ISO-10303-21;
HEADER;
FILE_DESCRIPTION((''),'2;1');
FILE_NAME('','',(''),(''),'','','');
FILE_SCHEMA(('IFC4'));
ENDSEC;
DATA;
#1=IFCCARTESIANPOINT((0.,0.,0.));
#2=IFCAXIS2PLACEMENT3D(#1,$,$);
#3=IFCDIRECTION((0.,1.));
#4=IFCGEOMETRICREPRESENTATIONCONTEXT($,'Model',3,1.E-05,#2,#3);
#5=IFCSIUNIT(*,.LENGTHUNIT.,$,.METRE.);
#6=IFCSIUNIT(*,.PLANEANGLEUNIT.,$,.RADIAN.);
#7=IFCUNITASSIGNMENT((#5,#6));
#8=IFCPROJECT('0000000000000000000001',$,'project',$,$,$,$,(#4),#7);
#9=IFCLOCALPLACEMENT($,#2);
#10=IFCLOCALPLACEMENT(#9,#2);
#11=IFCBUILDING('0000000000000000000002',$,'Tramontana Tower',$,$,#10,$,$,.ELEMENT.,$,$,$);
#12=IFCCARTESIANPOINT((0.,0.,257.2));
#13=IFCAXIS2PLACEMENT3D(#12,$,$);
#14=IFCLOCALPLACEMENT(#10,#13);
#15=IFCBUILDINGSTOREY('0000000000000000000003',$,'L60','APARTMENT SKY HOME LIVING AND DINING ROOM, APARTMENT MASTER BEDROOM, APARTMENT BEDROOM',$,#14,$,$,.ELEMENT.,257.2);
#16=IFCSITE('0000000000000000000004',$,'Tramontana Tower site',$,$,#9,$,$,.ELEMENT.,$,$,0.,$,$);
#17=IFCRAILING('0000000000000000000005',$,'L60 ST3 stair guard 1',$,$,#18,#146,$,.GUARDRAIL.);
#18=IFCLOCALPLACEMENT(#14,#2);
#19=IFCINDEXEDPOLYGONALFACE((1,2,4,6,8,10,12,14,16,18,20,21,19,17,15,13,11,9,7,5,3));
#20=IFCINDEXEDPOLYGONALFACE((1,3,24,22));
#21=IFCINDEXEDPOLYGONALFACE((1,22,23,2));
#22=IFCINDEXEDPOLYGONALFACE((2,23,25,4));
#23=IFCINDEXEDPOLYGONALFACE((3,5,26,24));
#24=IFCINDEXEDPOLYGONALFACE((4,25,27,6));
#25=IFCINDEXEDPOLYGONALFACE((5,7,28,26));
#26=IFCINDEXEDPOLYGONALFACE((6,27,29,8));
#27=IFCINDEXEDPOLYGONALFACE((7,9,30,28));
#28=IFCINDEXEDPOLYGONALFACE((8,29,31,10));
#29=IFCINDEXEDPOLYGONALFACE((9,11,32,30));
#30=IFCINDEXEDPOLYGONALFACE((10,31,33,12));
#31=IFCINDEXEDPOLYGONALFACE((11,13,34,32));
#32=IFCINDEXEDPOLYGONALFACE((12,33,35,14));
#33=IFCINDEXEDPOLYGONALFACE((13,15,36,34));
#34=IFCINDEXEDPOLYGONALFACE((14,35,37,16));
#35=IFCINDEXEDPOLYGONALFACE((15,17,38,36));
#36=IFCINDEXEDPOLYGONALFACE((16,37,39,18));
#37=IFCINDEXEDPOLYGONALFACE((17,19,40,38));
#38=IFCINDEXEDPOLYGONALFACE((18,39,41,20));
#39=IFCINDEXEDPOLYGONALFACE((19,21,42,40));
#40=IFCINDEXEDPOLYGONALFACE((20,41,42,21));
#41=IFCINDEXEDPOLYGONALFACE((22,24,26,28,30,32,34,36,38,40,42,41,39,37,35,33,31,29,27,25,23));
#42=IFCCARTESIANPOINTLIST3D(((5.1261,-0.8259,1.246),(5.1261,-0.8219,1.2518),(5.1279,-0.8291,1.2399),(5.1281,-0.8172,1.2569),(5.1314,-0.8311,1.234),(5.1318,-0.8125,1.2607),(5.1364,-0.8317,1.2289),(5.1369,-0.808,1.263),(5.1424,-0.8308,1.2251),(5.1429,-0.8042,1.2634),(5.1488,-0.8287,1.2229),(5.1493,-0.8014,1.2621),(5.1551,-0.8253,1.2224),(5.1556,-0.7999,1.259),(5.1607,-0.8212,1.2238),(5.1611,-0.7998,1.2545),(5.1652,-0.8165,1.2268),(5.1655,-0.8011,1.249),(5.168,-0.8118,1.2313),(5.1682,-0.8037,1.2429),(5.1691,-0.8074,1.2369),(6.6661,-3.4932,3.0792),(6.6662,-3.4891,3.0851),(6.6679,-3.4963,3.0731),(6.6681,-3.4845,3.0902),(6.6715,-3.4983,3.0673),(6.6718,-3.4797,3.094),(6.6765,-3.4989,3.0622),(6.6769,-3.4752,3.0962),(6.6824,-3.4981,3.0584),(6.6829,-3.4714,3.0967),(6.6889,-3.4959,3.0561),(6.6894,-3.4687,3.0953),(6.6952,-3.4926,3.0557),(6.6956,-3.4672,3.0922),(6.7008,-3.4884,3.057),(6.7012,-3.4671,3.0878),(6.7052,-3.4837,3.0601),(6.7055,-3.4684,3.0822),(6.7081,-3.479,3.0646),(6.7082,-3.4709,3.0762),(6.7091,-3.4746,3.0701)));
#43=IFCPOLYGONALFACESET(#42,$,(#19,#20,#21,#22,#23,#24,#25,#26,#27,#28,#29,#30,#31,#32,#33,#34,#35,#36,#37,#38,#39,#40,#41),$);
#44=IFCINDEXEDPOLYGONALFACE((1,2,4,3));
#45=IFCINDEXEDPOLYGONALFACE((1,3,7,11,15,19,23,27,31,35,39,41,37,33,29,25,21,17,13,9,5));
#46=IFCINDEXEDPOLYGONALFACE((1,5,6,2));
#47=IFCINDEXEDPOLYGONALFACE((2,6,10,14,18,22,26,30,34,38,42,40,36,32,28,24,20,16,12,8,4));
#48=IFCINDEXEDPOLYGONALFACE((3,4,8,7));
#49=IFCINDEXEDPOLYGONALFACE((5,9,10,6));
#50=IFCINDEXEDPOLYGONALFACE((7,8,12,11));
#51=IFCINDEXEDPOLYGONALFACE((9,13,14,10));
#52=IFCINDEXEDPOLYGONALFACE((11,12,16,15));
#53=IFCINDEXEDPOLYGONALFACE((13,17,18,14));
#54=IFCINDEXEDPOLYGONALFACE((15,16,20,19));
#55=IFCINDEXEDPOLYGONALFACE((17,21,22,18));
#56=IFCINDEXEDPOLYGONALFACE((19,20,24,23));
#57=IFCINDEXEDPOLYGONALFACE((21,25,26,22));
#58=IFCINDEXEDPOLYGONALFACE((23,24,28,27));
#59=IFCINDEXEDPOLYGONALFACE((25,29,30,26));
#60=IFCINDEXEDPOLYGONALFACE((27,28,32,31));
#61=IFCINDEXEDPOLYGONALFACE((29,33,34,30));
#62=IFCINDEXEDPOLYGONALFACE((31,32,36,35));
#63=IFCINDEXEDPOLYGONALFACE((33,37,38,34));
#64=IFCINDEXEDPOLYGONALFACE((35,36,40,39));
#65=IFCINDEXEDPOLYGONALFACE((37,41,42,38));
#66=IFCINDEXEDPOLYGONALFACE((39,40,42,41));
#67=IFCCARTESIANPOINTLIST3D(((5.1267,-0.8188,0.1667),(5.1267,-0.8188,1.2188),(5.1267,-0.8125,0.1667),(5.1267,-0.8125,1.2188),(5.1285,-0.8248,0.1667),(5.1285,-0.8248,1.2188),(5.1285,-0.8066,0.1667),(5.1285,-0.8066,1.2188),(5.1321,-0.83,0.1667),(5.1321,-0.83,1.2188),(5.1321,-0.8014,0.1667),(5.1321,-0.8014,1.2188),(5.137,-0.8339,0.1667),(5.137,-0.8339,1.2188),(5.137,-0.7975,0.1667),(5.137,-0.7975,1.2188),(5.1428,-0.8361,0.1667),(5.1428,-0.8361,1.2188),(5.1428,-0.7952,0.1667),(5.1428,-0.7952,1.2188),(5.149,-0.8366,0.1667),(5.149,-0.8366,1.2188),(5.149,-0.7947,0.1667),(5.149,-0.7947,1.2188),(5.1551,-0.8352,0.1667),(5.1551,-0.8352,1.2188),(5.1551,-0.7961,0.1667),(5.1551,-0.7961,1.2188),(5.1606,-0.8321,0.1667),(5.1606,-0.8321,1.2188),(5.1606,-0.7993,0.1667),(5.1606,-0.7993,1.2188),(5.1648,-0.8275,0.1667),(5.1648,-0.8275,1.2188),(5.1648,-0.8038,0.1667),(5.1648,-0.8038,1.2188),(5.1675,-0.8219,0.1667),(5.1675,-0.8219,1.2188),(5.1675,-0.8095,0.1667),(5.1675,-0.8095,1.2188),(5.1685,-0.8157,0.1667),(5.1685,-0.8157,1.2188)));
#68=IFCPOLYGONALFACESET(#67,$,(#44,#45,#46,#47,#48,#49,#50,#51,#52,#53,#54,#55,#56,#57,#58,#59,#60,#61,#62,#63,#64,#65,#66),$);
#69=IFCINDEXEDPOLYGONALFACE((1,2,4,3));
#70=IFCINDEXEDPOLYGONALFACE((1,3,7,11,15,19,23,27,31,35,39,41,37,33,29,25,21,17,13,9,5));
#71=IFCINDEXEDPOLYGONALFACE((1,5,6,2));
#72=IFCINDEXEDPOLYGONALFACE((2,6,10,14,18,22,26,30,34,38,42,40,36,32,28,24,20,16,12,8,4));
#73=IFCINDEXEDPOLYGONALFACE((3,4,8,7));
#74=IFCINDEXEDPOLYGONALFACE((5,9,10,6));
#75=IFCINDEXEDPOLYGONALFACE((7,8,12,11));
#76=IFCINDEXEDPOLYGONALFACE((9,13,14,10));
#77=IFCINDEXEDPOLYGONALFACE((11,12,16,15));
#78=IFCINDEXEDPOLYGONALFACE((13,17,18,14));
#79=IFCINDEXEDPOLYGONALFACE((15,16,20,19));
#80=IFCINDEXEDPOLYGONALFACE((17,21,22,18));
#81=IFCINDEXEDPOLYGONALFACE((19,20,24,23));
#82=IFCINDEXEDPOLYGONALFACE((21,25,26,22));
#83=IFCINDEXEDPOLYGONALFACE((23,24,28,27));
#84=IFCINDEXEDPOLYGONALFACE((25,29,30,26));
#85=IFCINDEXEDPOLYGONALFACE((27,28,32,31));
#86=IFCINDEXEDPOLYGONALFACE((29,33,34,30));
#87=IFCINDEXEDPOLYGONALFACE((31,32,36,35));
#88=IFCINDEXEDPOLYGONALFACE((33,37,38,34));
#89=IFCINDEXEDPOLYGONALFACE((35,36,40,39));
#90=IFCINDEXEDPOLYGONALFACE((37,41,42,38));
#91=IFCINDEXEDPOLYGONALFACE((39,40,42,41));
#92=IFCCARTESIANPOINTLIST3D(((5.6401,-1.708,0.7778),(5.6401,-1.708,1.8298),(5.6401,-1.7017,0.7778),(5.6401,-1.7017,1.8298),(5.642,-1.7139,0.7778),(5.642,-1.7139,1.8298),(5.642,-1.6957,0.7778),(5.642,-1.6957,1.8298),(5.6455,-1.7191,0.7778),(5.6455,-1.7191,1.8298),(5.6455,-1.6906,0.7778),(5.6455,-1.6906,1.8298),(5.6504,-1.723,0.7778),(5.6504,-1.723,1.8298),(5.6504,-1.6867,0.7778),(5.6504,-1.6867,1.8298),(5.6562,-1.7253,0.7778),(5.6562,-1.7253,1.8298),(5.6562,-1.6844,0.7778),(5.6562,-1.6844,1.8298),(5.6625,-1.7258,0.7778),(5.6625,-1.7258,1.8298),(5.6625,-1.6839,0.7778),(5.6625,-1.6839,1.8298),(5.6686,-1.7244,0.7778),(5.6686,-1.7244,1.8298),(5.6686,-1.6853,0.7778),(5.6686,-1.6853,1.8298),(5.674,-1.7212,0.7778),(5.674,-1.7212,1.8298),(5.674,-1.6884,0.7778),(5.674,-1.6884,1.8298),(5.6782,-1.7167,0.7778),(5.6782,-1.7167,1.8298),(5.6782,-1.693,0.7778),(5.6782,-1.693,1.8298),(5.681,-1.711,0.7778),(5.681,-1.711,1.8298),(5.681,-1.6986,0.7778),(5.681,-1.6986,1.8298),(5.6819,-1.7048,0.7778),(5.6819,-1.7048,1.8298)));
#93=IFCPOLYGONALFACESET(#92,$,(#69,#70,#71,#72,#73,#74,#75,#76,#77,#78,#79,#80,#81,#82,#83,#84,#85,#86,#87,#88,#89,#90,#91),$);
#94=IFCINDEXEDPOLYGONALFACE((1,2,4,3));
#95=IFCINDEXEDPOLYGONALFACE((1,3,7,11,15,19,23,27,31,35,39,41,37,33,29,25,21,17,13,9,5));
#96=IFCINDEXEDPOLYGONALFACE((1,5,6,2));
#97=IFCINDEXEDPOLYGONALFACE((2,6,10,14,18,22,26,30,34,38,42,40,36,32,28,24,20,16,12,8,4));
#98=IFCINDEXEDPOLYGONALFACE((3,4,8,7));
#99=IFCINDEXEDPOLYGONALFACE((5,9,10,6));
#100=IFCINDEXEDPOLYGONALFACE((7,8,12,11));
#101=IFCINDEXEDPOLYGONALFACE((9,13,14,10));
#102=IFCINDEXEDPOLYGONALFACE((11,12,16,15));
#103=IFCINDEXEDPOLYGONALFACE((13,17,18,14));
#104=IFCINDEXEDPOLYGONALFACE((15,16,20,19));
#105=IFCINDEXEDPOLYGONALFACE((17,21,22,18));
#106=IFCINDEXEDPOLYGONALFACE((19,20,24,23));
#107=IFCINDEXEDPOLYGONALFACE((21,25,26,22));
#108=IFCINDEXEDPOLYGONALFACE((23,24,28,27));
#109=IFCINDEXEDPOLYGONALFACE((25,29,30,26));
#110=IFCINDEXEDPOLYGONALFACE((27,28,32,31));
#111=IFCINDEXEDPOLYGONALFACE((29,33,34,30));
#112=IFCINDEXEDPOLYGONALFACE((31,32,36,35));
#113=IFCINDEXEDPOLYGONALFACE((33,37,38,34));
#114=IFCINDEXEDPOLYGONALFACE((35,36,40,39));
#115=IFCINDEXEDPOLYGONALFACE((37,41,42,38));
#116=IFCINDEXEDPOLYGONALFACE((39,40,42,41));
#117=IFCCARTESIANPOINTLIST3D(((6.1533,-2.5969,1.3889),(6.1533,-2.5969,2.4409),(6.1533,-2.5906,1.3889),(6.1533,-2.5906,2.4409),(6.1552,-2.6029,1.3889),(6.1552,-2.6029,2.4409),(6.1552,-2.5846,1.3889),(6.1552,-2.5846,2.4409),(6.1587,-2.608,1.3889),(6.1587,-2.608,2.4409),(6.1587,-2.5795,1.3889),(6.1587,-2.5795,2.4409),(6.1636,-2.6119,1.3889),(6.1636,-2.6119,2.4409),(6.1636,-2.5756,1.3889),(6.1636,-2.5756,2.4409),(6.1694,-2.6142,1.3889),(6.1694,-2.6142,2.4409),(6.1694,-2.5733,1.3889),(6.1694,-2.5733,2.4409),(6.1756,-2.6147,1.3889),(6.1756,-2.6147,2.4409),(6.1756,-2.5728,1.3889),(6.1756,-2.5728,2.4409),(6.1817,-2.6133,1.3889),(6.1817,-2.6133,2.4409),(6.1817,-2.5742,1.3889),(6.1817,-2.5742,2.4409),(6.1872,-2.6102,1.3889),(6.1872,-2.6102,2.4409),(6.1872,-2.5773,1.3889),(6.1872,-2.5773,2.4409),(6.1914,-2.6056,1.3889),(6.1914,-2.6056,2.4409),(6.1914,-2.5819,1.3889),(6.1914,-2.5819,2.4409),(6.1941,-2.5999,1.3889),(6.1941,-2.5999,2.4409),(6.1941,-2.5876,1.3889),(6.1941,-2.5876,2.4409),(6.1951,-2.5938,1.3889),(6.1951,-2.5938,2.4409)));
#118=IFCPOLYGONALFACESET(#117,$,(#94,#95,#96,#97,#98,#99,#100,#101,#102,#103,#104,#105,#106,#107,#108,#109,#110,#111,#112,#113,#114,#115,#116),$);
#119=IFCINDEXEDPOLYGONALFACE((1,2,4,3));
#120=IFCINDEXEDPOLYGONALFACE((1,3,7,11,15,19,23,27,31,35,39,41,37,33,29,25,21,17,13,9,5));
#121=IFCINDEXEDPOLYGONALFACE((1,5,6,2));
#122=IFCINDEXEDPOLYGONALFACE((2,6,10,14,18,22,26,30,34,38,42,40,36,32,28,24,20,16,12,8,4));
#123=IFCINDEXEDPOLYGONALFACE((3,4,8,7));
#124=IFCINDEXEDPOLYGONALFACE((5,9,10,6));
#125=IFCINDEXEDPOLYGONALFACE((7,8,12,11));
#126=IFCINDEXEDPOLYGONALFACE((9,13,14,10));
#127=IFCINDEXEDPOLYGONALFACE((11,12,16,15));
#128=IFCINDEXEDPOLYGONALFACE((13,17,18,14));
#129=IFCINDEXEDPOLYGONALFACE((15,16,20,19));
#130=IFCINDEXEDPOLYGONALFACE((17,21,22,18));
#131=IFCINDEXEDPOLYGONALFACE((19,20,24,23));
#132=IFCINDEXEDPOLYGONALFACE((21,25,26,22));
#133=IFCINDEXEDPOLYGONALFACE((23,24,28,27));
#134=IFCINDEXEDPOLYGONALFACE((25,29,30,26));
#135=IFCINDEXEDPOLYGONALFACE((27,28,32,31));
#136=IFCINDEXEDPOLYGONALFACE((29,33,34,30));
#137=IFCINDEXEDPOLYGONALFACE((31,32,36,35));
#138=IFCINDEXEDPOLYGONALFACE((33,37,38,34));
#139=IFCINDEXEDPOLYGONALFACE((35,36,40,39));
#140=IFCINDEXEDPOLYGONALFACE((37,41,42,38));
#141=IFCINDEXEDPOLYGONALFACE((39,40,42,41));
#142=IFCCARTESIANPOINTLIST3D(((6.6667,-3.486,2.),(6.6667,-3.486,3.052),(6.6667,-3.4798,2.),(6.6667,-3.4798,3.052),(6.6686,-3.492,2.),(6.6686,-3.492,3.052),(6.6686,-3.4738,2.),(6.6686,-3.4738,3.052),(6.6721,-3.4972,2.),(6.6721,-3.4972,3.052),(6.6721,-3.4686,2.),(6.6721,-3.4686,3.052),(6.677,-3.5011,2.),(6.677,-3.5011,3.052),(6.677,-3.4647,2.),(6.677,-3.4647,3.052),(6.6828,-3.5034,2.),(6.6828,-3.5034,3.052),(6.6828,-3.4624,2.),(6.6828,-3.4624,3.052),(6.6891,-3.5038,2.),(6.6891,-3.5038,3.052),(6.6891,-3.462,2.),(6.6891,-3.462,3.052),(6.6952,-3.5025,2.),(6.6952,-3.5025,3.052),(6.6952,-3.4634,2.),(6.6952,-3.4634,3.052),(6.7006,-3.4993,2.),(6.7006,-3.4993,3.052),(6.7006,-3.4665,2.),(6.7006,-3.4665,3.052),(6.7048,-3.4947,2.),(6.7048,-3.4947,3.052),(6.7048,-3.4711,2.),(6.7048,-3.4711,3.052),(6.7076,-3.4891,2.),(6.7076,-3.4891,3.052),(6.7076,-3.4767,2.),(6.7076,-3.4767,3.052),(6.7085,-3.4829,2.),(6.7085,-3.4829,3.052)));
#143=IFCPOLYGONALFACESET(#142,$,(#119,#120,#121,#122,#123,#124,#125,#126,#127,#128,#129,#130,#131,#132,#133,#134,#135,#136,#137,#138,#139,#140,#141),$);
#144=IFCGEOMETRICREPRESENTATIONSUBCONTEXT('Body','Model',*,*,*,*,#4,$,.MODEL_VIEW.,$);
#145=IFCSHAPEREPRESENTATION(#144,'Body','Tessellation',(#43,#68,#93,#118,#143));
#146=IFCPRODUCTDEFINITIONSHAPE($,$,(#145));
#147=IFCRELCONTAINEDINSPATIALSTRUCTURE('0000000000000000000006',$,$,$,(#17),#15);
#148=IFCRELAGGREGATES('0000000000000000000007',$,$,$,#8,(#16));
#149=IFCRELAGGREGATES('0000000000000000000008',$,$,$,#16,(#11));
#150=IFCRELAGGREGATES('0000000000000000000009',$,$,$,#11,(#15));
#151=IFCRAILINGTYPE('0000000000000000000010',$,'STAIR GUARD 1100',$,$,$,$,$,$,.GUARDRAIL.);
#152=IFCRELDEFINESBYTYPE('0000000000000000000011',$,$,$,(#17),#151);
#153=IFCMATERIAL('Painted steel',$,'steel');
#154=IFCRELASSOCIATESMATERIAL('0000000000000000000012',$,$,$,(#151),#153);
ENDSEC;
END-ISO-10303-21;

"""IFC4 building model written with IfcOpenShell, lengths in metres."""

from ifc_helpers import new_model, si_unit, direction, frame, origin, origin_2d, place, context, subcontext, project, spatial, circle, extrude, material, type_object, element, save


model = new_model("IFC4")

# Units and contexts
model_context = context("Model", 3, precision=1e-05, world=origin(), true_north=direction((0.0, 1.0)))
body_context = subcontext(model_context, "Body", "Model", "MODEL_VIEW")
ifc_project = project(units=[si_unit("LENGTHUNIT", "METRE"), si_unit("PLANEANGLEUNIT", "RADIAN")], contexts=[model_context])

# Site, building, storey
site_placement = place(None, origin())
site = spatial("IfcSite", under=ifc_project, at=site_placement, Name="Tramontana Tower site", CompositionType="ELEMENT", RefElevation=0.0)
building_placement = place(site_placement, origin())
building = spatial("IfcBuilding", under=site, at=building_placement, Name="Tramontana Tower", CompositionType="ELEMENT")
storey_placement = place(building_placement, frame((0.0, 0.0, 257.2)))
storey = spatial("IfcBuildingStorey", under=building, at=storey_placement, Name="L60", Description="APARTMENT SKY HOME LIVING AND DINING ROOM, APARTMENT MASTER BEDROOM, APARTMENT BEDROOM", CompositionType="ELEMENT", Elevation=257.2)

# Railing
ifc_material_1 = material(Name="Painted steel", Category="steel")
railing_type_1 = type_object("IfcRailingType", Name="STAIR GUARD 1100", PredefinedType="GUARDRAIL", material=ifc_material_1)
railing_1_placement = place(storey_placement, frame((5.1475, -0.8157, 0.1667)))
element("IfcRailing", 1, at=railing_1_placement, inside=storey, type_object=railing_type_1, Name="L60 ST3 stair guard 1", PredefinedType="GUARDRAIL", context=body_context, shape_type="SweptSolid", body=[
    extrude(circle(Radius=0.0239, at=origin_2d()), frame((0.0, 0.0, 1.0762), z_axis=(0.429671, -0.744159, 0.511478), x_axis=(0.86601, 0.500027, 0.0)), (0.0, 0.0, 1.0), 3.5842),
    extrude(circle(Radius=0.021, at=origin_2d()), origin(), (0.0, 0.0, 1.0), 1.052),
    extrude(circle(Radius=0.021, at=origin_2d()), frame((0.5134, -0.8892, 0.6111)), (0.0, 0.0, 1.0), 1.052),
    extrude(circle(Radius=0.021, at=origin_2d()), frame((1.0266, -1.7781, 1.2222)), (0.0, 0.0, 1.0), 1.052),
    extrude(circle(Radius=0.021, at=origin_2d()), frame((1.54, -2.6672, 1.8333)), (0.0, 0.0, 1.0), 1.052),
])

save(model, "model.ifc")
